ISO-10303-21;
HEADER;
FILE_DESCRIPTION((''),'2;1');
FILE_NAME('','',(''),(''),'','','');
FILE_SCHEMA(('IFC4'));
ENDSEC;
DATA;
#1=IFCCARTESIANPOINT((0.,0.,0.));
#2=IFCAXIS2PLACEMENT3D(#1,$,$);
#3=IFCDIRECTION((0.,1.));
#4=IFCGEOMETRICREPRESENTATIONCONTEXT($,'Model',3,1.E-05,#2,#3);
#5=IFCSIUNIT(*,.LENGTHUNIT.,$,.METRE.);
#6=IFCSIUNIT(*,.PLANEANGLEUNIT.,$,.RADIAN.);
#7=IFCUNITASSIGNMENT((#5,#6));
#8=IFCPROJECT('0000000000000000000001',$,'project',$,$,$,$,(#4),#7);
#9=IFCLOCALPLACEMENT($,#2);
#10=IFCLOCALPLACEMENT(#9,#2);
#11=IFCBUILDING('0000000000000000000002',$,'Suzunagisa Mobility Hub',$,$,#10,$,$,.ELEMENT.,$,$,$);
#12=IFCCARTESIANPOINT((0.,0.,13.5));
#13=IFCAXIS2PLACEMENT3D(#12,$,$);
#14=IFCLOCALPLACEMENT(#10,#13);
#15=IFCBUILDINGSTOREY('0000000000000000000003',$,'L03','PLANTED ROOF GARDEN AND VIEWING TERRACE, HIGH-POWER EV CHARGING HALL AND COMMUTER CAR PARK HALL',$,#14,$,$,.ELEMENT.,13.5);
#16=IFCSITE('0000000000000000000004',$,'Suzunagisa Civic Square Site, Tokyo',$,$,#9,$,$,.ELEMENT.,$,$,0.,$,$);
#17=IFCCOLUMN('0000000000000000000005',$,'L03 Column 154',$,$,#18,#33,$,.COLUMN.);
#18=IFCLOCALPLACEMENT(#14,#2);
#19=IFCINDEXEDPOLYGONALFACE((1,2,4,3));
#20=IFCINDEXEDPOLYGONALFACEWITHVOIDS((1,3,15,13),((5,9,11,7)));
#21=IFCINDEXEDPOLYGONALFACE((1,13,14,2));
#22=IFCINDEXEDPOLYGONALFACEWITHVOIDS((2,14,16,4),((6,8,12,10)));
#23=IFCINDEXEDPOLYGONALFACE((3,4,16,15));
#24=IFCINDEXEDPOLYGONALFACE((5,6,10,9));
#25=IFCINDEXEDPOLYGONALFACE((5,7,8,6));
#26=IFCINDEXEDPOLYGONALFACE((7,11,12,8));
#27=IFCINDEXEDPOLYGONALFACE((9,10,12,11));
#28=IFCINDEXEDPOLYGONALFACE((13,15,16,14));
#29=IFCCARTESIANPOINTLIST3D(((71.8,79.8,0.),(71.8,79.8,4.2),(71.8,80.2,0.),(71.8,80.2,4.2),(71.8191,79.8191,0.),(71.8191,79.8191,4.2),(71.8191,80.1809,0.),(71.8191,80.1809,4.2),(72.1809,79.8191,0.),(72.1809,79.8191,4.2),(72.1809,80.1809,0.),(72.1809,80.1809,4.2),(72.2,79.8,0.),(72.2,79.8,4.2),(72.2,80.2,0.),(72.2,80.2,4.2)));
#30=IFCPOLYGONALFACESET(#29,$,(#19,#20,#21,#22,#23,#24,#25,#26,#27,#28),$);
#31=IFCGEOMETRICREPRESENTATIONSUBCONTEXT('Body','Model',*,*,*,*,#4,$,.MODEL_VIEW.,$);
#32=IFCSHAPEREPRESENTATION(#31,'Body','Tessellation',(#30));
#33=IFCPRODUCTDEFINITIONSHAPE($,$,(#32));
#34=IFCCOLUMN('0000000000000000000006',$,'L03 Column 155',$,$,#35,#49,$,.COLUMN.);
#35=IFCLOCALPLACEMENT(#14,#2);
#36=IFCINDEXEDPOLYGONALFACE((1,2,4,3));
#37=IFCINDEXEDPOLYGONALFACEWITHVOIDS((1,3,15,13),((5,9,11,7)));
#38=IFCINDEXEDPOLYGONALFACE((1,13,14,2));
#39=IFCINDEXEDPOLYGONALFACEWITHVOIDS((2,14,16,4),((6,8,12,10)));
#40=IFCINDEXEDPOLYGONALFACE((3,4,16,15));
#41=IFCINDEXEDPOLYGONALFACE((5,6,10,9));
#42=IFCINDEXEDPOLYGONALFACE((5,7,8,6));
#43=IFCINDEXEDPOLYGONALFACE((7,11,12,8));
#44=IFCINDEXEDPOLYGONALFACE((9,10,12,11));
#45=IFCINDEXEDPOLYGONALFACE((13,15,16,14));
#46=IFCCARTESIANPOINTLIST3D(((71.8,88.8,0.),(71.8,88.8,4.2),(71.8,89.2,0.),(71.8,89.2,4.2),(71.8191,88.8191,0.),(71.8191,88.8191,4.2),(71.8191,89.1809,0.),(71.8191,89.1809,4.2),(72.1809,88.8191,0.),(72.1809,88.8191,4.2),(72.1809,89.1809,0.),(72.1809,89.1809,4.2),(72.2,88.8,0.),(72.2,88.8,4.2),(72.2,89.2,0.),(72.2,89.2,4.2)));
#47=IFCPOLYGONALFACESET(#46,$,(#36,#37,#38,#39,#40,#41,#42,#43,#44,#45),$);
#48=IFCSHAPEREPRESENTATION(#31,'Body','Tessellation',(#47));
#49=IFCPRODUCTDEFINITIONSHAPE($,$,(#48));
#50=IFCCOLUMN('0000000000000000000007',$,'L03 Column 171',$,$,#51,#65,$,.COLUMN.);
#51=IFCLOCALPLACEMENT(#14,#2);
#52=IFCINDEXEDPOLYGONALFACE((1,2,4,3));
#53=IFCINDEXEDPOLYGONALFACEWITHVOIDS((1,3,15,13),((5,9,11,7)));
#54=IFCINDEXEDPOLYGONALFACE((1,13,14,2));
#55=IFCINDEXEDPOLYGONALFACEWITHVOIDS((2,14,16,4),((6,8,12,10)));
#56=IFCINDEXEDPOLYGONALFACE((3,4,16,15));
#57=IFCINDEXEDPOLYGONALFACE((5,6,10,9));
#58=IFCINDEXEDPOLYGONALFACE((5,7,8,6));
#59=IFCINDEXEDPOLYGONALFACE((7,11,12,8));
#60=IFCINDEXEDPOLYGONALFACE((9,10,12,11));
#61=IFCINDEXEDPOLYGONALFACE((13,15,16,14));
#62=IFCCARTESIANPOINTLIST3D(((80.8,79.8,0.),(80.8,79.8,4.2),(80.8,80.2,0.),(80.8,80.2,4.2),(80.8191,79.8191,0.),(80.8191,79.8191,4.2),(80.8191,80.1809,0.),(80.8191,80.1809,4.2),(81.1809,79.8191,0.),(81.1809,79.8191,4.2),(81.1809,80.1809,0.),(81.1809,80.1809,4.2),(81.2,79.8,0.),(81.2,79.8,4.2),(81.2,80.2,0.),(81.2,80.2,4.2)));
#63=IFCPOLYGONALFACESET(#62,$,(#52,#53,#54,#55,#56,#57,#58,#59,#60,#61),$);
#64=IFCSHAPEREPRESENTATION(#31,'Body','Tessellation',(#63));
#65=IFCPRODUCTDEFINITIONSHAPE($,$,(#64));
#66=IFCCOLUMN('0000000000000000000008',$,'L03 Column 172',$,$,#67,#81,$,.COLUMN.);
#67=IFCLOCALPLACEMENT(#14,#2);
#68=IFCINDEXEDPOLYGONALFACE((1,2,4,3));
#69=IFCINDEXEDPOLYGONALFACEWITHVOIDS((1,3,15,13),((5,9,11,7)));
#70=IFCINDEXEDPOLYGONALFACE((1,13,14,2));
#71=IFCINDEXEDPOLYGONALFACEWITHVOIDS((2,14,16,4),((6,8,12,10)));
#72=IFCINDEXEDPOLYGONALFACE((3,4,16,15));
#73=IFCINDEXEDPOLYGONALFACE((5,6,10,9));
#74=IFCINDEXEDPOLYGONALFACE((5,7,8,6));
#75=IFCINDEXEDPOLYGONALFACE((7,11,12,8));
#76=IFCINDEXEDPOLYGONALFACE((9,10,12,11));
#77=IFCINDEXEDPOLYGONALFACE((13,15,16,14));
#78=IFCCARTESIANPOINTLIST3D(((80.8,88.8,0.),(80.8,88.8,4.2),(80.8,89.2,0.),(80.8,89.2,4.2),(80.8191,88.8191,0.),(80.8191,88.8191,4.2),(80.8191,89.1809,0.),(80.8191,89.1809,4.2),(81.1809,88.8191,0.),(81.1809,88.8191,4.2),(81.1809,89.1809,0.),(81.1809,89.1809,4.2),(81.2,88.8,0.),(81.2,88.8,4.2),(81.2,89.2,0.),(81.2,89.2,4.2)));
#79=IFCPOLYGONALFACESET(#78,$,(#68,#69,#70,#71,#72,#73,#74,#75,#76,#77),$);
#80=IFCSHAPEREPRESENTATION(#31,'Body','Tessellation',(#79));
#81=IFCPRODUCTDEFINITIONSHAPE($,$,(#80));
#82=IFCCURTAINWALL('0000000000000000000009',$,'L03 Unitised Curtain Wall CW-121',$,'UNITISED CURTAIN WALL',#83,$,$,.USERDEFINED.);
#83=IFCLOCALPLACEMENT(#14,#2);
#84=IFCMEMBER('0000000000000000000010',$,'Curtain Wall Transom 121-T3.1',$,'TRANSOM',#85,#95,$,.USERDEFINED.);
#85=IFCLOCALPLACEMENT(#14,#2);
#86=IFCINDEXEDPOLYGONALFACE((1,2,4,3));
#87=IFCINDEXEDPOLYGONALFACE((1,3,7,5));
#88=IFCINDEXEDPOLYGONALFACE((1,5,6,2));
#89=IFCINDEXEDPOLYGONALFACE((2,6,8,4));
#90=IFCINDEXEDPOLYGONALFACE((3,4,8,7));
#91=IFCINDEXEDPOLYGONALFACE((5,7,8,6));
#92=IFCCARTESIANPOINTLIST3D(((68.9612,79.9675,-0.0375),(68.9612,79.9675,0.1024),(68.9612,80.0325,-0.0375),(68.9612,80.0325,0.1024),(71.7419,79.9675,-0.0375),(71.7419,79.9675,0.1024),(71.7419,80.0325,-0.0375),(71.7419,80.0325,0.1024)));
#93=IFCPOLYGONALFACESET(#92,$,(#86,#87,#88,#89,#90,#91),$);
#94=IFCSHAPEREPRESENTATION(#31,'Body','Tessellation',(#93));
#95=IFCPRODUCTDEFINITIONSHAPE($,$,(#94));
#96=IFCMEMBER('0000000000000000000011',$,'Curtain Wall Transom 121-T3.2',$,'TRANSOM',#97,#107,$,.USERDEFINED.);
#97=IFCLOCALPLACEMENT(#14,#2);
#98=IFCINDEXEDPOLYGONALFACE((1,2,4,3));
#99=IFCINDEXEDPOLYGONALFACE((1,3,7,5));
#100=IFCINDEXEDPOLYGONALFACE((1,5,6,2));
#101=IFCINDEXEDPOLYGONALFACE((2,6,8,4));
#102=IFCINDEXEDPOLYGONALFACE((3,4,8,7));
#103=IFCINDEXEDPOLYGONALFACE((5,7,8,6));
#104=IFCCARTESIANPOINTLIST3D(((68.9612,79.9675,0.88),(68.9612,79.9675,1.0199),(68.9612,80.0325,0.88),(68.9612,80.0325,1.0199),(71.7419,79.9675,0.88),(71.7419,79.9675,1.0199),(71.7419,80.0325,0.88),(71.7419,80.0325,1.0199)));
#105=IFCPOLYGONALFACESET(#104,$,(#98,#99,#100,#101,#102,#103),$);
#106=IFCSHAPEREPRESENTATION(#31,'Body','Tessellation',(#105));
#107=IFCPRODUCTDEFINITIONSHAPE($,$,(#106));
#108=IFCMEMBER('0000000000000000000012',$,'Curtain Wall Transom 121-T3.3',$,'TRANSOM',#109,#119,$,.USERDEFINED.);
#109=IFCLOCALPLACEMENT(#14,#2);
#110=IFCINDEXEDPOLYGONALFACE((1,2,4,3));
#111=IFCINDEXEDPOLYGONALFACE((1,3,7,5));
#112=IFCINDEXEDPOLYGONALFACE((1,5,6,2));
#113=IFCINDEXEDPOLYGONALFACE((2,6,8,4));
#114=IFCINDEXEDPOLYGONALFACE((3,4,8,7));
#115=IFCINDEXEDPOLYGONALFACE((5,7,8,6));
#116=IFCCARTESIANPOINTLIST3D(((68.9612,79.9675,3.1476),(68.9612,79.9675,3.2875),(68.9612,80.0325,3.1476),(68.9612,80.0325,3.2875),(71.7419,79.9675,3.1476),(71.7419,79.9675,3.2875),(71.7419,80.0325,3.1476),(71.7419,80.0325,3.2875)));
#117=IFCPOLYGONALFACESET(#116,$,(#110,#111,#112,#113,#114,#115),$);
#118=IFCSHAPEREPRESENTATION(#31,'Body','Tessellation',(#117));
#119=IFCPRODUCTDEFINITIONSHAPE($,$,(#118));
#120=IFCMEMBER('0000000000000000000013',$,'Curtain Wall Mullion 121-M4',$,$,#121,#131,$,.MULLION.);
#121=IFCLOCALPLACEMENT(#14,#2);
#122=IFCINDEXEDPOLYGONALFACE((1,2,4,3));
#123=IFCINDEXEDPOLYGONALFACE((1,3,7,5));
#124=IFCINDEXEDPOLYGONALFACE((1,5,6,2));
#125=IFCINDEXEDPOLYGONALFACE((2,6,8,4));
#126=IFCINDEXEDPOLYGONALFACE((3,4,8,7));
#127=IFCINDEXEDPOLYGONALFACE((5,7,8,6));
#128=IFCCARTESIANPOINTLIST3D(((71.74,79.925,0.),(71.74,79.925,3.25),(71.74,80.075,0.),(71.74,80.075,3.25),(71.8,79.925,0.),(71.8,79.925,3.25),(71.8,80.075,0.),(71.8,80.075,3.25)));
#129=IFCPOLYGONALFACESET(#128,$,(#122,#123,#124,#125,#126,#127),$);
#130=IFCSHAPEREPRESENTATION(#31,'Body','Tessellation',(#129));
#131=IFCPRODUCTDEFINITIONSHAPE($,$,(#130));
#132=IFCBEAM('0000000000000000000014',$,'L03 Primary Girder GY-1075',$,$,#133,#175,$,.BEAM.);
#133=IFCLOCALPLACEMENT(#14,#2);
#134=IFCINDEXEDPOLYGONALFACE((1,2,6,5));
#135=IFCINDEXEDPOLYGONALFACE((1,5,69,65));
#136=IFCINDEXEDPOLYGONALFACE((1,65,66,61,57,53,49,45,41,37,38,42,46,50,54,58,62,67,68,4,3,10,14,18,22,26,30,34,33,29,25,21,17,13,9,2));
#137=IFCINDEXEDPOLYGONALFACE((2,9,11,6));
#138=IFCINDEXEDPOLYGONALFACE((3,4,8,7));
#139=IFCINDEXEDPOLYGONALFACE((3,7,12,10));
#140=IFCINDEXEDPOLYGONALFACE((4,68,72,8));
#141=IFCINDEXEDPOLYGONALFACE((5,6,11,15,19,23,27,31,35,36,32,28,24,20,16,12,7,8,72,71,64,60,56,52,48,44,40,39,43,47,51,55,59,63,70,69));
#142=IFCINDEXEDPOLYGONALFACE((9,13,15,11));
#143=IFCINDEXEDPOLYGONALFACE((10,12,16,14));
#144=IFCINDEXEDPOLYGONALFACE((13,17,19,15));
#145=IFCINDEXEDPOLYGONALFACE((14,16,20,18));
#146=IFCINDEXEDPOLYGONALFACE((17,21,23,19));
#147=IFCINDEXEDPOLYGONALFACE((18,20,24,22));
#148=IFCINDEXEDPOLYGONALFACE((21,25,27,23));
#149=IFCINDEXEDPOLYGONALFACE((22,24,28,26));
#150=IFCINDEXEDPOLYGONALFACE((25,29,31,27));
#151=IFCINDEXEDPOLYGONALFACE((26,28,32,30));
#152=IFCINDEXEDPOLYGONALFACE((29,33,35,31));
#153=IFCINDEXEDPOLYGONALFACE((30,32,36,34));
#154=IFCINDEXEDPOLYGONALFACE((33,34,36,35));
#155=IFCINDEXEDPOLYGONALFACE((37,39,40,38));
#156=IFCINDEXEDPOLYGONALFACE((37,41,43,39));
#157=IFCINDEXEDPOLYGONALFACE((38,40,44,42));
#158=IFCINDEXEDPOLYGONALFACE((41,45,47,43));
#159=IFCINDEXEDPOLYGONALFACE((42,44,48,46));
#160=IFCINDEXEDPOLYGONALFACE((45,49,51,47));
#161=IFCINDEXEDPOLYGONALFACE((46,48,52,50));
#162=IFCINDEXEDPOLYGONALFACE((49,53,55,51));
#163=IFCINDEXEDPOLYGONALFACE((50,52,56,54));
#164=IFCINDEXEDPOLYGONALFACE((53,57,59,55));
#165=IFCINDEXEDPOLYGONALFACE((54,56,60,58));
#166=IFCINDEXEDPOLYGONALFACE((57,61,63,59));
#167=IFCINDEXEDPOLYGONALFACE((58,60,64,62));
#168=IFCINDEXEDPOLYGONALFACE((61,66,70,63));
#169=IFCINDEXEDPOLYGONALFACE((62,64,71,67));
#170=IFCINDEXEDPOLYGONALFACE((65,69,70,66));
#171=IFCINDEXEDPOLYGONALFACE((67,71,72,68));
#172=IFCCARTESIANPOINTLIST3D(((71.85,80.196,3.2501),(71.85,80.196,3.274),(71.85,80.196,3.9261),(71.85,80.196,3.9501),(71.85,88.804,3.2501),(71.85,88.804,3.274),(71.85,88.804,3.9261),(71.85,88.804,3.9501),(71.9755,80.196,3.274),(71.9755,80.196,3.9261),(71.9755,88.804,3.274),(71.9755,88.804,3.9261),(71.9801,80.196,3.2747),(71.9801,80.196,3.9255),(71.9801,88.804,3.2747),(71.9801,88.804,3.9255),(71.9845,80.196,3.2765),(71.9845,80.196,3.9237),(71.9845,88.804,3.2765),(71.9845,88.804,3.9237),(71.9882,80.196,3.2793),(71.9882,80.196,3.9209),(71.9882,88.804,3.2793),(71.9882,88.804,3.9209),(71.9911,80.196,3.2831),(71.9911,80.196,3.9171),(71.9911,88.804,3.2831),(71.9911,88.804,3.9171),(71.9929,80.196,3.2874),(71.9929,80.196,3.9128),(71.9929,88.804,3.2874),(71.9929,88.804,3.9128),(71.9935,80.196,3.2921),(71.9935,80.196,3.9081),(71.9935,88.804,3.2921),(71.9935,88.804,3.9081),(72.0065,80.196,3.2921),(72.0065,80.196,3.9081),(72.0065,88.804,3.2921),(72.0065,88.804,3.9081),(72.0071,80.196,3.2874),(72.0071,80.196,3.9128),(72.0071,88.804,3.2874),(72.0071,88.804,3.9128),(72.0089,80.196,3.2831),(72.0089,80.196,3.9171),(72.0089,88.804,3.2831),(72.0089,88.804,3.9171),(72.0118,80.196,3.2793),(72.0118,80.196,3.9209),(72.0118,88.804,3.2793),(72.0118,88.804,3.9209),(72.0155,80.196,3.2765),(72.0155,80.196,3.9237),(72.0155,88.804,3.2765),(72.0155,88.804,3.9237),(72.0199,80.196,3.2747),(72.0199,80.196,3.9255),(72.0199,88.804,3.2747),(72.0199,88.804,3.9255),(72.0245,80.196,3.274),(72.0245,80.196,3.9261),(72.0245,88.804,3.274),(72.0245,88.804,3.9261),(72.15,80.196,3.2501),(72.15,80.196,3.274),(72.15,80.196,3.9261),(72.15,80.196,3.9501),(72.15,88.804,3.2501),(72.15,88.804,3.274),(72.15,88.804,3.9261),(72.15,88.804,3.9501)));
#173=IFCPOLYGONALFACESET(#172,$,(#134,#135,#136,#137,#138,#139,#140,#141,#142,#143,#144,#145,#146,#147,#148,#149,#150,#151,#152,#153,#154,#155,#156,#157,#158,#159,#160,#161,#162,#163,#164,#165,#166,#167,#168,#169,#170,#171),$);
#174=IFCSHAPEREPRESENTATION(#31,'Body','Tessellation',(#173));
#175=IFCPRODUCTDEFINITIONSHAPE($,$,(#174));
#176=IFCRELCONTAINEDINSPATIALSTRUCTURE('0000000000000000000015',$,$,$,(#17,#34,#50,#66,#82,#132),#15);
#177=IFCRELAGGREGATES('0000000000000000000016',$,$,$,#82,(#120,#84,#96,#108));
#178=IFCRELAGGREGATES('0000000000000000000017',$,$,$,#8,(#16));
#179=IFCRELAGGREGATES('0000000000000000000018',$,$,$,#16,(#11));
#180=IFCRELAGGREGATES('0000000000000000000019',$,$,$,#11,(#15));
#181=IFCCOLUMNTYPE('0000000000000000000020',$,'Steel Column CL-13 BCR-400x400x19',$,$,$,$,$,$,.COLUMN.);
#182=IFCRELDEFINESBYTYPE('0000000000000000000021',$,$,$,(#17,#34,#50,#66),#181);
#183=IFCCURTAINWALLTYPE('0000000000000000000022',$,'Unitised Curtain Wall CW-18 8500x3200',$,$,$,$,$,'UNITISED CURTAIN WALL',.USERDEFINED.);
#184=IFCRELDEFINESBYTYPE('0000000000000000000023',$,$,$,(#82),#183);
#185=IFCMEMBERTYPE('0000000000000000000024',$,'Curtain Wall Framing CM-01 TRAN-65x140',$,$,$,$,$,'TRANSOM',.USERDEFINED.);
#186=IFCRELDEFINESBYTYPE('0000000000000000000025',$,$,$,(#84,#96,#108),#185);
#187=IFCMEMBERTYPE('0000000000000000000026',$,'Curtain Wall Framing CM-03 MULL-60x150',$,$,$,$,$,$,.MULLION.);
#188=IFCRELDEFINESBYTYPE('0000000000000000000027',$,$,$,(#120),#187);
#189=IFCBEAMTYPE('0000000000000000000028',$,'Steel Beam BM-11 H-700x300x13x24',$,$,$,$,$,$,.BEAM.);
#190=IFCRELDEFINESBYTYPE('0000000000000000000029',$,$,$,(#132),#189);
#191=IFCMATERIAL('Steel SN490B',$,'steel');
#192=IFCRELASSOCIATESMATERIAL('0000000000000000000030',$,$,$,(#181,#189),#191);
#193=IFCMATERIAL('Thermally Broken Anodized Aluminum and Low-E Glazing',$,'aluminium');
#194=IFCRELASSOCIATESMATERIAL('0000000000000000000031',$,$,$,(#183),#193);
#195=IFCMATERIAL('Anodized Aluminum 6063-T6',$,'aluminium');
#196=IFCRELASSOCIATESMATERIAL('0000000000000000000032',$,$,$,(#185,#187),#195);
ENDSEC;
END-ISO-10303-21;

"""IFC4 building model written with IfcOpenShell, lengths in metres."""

from ifc_helpers import new_model, si_unit, direction, frame, origin, origin_2d, place, context, subcontext, project, spatial, rectangle, hollow_rectangle, i_section, extrude, material, material_profile, profile_set, type_object, element, aggregate, save


model = new_model("IFC4")

# Units and contexts
model_context = context("Model", 3, precision=1e-05, world=origin(), true_north=direction((0.0, 1.0)))
body_context = subcontext(model_context, "Body", "Model", "MODEL_VIEW")
ifc_project = project(units=[si_unit("LENGTHUNIT", "METRE"), si_unit("PLANEANGLEUNIT", "RADIAN")], contexts=[model_context])

# Site, building, storey
site_placement = place(None, origin())
site = spatial("IfcSite", under=ifc_project, at=site_placement, Name="Suzunagisa Civic Square Site, Tokyo", CompositionType="ELEMENT", RefElevation=0.0)
building_placement = place(site_placement, origin())
building = spatial("IfcBuilding", under=site, at=building_placement, Name="Suzunagisa Mobility Hub", CompositionType="ELEMENT")
storey_placement = place(building_placement, frame((0.0, 0.0, 13.5)))
storey = spatial("IfcBuildingStorey", under=building, at=storey_placement, Name="L03", Description="PLANTED ROOF GARDEN AND VIEWING TERRACE, HIGH-POWER EV CHARGING HALL AND COMMUTER CAR PARK HALL", CompositionType="ELEMENT", Elevation=13.5)

# Columns
ifc_material_1 = material(Name="Steel SN490B", Category="steel")
ifc_material_profile_1 = material_profile(ifc_material_1, hollow_rectangle(XDim=0.3999, YDim=0.3999, WallThickness=0.019, at=origin_2d()), Name="BCR-400x400x19")
ifc_profile_set_1 = profile_set([ifc_material_profile_1], Name="Steel SN490B")
column_type = type_object("IfcColumnType", Name="Steel Column CL-13 BCR-400x400x19", PredefinedType="COLUMN", material=ifc_profile_set_1)
for number, where, z_axis, x_axis, name in (
    (1, (72.0, 80.0, 0.0), (0.0, 0.0, 1.0), (1.0, 0.0, 0.0), "L03 Column 154"),
    (2, (72.0, 89.0, 0.0), (0.0, 0.0, 1.0), (1.0, 0.0, 0.0), "L03 Column 155"),
    (3, (81.0, 80.0, 0.0), (0.0, 0.0, 1.0), (1.0, 0.0, 0.0), "L03 Column 171"),
    (4, (81.0, 89.0, 0.0), (0.0, 0.0, 1.0), (1.0, 0.0, 0.0), "L03 Column 172"),
):
    element("IfcColumn", number, at=place(storey_placement, frame(where, z_axis=z_axis, x_axis=x_axis)), inside=storey, type_object=column_type, Name=name, PredefinedType="COLUMN", context=body_context, shape_type="SweptSolid", body=[
        extrude(hollow_rectangle(XDim=0.3999, YDim=0.3999, WallThickness=0.019, at=origin_2d()), origin(), (0.0, 0.0, 1.0), 4.2),
    ])

# Curtain wall, members
ifc_material_2 = material(Name="Thermally Broken Anodized Aluminum and Low-E Glazing", Category="aluminium")
curtain_wall_type = type_object("IfcCurtainWallType", Name="Unitised Curtain Wall CW-18 8500x3200", ElementType="UNITISED CURTAIN WALL", PredefinedType="USERDEFINED", material=ifc_material_2)
curtain_wall_placement = place(storey_placement, origin())
curtain_wall = element("IfcCurtainWall", 5, at=curtain_wall_placement, inside=storey, type_object=curtain_wall_type, Name="L03 Unitised Curtain Wall CW-121", ObjectType="UNITISED CURTAIN WALL", PredefinedType="USERDEFINED")
ifc_material_3 = material(Name="Anodized Aluminum 6063-T6", Category="aluminium")
ifc_material_profile_2 = material_profile(ifc_material_3, rectangle(XDim=0.0649, YDim=0.1399, at=origin_2d()), Name="TRAN-65x140")
ifc_profile_set_2 = profile_set([ifc_material_profile_2], Name="Anodized Aluminum 6063-T6")
member_type_1 = type_object("IfcMemberType", Name="Curtain Wall Framing CM-01 TRAN-65x140", ElementType="TRANSOM", PredefinedType="USERDEFINED", material=ifc_profile_set_2)
member_1_placement = place(storey_placement, frame((68.9612, 80.0, 0.0325), z_axis=(1.0, 0.0, 0.0), x_axis=(0.0, 1.0, 0.0)))
member_1 = element("IfcMember", 6, at=member_1_placement, type_object=member_type_1, Name="Curtain Wall Transom 121-T3.1", ObjectType="TRANSOM", PredefinedType="USERDEFINED", context=body_context, shape_type="SweptSolid", body=[
    extrude(rectangle(XDim=0.0649, YDim=0.1399, at=origin_2d()), origin(), (0.0, 0.0, 1.0), 2.7808),
])
member_2_placement = place(storey_placement, frame((68.9612, 80.0, 0.95), z_axis=(1.0, 0.0, 0.0), x_axis=(0.0, 1.0, 0.0)))
member_2 = element("IfcMember", 7, at=member_2_placement, type_object=member_type_1, Name="Curtain Wall Transom 121-T3.2", ObjectType="TRANSOM", PredefinedType="USERDEFINED", context=body_context, shape_type="SweptSolid", body=[
    extrude(rectangle(XDim=0.0649, YDim=0.1399, at=origin_2d()), origin(), (0.0, 0.0, 1.0), 2.7808),
])
member_3_placement = place(storey_placement, frame((68.9612, 80.0, 3.2175), z_axis=(1.0, 0.0, 0.0), x_axis=(0.0, 1.0, 0.0)))
member_3 = element("IfcMember", 8, at=member_3_placement, type_object=member_type_1, Name="Curtain Wall Transom 121-T3.3", ObjectType="TRANSOM", PredefinedType="USERDEFINED", context=body_context, shape_type="SweptSolid", body=[
    extrude(rectangle(XDim=0.0649, YDim=0.1399, at=origin_2d()), origin(), (0.0, 0.0, 1.0), 2.7808),
])
ifc_material_profile_3 = material_profile(ifc_material_3, rectangle(XDim=0.0601, YDim=0.1499, at=origin_2d()), Name="MULL-60x150")
ifc_profile_set_3 = profile_set([ifc_material_profile_3], Name="Anodized Aluminum 6063-T6")
member_type_2 = type_object("IfcMemberType", Name="Curtain Wall Framing CM-03 MULL-60x150", PredefinedType="MULLION", material=ifc_profile_set_3)
member_4_placement = place(storey_placement, frame((71.77, 80.0, 0.0), z_axis=(0.0, 0.0, 1.0), x_axis=(1.0, 0.0, 0.0)))
member_4 = element("IfcMember", 9, at=member_4_placement, type_object=member_type_2, Name="Curtain Wall Mullion 121-M4", PredefinedType="MULLION", context=body_context, shape_type="SweptSolid", body=[
    extrude(rectangle(XDim=0.0601, YDim=0.1499, at=origin_2d()), origin(), (0.0, 0.0, 1.0), 3.25),
])

# Beam
ifc_material_profile_4 = material_profile(ifc_material_1, i_section(OverallWidth=0.3, OverallDepth=0.7, WebThickness=0.0129, FlangeThickness=0.0239, FilletRadius=0.0181, at=origin_2d()), Name="H-700x300x13x24")
ifc_profile_set_4 = profile_set([ifc_material_profile_4], Name="Steel SN490B")
beam_type_1 = type_object("IfcBeamType", Name="Steel Beam BM-11 H-700x300x13x24", PredefinedType="BEAM", material=ifc_profile_set_4)
for number, where, z_axis, x_axis, name in (
    (10, (72.0, 80.196, 3.6001), (0.0, 1.0, 0.0), (-1.0, 0.0, 0.0), "L03 Primary Girder GY-1075"),
):
    element("IfcBeam", number, at=place(storey_placement, frame(where, z_axis=z_axis, x_axis=x_axis)), inside=storey, type_object=beam_type_1, Name=name, PredefinedType="BEAM", context=body_context, shape_type="SweptSolid", body=[
        extrude(i_section(OverallWidth=0.3, OverallDepth=0.7, WebThickness=0.0129, FlangeThickness=0.0239, FilletRadius=0.0181, at=origin_2d()), origin(), (0.0, 0.0, 1.0), 8.6079),
    ])

aggregate(curtain_wall, [member_4, member_1, member_2, member_3])

save(model, "model.ifc")
